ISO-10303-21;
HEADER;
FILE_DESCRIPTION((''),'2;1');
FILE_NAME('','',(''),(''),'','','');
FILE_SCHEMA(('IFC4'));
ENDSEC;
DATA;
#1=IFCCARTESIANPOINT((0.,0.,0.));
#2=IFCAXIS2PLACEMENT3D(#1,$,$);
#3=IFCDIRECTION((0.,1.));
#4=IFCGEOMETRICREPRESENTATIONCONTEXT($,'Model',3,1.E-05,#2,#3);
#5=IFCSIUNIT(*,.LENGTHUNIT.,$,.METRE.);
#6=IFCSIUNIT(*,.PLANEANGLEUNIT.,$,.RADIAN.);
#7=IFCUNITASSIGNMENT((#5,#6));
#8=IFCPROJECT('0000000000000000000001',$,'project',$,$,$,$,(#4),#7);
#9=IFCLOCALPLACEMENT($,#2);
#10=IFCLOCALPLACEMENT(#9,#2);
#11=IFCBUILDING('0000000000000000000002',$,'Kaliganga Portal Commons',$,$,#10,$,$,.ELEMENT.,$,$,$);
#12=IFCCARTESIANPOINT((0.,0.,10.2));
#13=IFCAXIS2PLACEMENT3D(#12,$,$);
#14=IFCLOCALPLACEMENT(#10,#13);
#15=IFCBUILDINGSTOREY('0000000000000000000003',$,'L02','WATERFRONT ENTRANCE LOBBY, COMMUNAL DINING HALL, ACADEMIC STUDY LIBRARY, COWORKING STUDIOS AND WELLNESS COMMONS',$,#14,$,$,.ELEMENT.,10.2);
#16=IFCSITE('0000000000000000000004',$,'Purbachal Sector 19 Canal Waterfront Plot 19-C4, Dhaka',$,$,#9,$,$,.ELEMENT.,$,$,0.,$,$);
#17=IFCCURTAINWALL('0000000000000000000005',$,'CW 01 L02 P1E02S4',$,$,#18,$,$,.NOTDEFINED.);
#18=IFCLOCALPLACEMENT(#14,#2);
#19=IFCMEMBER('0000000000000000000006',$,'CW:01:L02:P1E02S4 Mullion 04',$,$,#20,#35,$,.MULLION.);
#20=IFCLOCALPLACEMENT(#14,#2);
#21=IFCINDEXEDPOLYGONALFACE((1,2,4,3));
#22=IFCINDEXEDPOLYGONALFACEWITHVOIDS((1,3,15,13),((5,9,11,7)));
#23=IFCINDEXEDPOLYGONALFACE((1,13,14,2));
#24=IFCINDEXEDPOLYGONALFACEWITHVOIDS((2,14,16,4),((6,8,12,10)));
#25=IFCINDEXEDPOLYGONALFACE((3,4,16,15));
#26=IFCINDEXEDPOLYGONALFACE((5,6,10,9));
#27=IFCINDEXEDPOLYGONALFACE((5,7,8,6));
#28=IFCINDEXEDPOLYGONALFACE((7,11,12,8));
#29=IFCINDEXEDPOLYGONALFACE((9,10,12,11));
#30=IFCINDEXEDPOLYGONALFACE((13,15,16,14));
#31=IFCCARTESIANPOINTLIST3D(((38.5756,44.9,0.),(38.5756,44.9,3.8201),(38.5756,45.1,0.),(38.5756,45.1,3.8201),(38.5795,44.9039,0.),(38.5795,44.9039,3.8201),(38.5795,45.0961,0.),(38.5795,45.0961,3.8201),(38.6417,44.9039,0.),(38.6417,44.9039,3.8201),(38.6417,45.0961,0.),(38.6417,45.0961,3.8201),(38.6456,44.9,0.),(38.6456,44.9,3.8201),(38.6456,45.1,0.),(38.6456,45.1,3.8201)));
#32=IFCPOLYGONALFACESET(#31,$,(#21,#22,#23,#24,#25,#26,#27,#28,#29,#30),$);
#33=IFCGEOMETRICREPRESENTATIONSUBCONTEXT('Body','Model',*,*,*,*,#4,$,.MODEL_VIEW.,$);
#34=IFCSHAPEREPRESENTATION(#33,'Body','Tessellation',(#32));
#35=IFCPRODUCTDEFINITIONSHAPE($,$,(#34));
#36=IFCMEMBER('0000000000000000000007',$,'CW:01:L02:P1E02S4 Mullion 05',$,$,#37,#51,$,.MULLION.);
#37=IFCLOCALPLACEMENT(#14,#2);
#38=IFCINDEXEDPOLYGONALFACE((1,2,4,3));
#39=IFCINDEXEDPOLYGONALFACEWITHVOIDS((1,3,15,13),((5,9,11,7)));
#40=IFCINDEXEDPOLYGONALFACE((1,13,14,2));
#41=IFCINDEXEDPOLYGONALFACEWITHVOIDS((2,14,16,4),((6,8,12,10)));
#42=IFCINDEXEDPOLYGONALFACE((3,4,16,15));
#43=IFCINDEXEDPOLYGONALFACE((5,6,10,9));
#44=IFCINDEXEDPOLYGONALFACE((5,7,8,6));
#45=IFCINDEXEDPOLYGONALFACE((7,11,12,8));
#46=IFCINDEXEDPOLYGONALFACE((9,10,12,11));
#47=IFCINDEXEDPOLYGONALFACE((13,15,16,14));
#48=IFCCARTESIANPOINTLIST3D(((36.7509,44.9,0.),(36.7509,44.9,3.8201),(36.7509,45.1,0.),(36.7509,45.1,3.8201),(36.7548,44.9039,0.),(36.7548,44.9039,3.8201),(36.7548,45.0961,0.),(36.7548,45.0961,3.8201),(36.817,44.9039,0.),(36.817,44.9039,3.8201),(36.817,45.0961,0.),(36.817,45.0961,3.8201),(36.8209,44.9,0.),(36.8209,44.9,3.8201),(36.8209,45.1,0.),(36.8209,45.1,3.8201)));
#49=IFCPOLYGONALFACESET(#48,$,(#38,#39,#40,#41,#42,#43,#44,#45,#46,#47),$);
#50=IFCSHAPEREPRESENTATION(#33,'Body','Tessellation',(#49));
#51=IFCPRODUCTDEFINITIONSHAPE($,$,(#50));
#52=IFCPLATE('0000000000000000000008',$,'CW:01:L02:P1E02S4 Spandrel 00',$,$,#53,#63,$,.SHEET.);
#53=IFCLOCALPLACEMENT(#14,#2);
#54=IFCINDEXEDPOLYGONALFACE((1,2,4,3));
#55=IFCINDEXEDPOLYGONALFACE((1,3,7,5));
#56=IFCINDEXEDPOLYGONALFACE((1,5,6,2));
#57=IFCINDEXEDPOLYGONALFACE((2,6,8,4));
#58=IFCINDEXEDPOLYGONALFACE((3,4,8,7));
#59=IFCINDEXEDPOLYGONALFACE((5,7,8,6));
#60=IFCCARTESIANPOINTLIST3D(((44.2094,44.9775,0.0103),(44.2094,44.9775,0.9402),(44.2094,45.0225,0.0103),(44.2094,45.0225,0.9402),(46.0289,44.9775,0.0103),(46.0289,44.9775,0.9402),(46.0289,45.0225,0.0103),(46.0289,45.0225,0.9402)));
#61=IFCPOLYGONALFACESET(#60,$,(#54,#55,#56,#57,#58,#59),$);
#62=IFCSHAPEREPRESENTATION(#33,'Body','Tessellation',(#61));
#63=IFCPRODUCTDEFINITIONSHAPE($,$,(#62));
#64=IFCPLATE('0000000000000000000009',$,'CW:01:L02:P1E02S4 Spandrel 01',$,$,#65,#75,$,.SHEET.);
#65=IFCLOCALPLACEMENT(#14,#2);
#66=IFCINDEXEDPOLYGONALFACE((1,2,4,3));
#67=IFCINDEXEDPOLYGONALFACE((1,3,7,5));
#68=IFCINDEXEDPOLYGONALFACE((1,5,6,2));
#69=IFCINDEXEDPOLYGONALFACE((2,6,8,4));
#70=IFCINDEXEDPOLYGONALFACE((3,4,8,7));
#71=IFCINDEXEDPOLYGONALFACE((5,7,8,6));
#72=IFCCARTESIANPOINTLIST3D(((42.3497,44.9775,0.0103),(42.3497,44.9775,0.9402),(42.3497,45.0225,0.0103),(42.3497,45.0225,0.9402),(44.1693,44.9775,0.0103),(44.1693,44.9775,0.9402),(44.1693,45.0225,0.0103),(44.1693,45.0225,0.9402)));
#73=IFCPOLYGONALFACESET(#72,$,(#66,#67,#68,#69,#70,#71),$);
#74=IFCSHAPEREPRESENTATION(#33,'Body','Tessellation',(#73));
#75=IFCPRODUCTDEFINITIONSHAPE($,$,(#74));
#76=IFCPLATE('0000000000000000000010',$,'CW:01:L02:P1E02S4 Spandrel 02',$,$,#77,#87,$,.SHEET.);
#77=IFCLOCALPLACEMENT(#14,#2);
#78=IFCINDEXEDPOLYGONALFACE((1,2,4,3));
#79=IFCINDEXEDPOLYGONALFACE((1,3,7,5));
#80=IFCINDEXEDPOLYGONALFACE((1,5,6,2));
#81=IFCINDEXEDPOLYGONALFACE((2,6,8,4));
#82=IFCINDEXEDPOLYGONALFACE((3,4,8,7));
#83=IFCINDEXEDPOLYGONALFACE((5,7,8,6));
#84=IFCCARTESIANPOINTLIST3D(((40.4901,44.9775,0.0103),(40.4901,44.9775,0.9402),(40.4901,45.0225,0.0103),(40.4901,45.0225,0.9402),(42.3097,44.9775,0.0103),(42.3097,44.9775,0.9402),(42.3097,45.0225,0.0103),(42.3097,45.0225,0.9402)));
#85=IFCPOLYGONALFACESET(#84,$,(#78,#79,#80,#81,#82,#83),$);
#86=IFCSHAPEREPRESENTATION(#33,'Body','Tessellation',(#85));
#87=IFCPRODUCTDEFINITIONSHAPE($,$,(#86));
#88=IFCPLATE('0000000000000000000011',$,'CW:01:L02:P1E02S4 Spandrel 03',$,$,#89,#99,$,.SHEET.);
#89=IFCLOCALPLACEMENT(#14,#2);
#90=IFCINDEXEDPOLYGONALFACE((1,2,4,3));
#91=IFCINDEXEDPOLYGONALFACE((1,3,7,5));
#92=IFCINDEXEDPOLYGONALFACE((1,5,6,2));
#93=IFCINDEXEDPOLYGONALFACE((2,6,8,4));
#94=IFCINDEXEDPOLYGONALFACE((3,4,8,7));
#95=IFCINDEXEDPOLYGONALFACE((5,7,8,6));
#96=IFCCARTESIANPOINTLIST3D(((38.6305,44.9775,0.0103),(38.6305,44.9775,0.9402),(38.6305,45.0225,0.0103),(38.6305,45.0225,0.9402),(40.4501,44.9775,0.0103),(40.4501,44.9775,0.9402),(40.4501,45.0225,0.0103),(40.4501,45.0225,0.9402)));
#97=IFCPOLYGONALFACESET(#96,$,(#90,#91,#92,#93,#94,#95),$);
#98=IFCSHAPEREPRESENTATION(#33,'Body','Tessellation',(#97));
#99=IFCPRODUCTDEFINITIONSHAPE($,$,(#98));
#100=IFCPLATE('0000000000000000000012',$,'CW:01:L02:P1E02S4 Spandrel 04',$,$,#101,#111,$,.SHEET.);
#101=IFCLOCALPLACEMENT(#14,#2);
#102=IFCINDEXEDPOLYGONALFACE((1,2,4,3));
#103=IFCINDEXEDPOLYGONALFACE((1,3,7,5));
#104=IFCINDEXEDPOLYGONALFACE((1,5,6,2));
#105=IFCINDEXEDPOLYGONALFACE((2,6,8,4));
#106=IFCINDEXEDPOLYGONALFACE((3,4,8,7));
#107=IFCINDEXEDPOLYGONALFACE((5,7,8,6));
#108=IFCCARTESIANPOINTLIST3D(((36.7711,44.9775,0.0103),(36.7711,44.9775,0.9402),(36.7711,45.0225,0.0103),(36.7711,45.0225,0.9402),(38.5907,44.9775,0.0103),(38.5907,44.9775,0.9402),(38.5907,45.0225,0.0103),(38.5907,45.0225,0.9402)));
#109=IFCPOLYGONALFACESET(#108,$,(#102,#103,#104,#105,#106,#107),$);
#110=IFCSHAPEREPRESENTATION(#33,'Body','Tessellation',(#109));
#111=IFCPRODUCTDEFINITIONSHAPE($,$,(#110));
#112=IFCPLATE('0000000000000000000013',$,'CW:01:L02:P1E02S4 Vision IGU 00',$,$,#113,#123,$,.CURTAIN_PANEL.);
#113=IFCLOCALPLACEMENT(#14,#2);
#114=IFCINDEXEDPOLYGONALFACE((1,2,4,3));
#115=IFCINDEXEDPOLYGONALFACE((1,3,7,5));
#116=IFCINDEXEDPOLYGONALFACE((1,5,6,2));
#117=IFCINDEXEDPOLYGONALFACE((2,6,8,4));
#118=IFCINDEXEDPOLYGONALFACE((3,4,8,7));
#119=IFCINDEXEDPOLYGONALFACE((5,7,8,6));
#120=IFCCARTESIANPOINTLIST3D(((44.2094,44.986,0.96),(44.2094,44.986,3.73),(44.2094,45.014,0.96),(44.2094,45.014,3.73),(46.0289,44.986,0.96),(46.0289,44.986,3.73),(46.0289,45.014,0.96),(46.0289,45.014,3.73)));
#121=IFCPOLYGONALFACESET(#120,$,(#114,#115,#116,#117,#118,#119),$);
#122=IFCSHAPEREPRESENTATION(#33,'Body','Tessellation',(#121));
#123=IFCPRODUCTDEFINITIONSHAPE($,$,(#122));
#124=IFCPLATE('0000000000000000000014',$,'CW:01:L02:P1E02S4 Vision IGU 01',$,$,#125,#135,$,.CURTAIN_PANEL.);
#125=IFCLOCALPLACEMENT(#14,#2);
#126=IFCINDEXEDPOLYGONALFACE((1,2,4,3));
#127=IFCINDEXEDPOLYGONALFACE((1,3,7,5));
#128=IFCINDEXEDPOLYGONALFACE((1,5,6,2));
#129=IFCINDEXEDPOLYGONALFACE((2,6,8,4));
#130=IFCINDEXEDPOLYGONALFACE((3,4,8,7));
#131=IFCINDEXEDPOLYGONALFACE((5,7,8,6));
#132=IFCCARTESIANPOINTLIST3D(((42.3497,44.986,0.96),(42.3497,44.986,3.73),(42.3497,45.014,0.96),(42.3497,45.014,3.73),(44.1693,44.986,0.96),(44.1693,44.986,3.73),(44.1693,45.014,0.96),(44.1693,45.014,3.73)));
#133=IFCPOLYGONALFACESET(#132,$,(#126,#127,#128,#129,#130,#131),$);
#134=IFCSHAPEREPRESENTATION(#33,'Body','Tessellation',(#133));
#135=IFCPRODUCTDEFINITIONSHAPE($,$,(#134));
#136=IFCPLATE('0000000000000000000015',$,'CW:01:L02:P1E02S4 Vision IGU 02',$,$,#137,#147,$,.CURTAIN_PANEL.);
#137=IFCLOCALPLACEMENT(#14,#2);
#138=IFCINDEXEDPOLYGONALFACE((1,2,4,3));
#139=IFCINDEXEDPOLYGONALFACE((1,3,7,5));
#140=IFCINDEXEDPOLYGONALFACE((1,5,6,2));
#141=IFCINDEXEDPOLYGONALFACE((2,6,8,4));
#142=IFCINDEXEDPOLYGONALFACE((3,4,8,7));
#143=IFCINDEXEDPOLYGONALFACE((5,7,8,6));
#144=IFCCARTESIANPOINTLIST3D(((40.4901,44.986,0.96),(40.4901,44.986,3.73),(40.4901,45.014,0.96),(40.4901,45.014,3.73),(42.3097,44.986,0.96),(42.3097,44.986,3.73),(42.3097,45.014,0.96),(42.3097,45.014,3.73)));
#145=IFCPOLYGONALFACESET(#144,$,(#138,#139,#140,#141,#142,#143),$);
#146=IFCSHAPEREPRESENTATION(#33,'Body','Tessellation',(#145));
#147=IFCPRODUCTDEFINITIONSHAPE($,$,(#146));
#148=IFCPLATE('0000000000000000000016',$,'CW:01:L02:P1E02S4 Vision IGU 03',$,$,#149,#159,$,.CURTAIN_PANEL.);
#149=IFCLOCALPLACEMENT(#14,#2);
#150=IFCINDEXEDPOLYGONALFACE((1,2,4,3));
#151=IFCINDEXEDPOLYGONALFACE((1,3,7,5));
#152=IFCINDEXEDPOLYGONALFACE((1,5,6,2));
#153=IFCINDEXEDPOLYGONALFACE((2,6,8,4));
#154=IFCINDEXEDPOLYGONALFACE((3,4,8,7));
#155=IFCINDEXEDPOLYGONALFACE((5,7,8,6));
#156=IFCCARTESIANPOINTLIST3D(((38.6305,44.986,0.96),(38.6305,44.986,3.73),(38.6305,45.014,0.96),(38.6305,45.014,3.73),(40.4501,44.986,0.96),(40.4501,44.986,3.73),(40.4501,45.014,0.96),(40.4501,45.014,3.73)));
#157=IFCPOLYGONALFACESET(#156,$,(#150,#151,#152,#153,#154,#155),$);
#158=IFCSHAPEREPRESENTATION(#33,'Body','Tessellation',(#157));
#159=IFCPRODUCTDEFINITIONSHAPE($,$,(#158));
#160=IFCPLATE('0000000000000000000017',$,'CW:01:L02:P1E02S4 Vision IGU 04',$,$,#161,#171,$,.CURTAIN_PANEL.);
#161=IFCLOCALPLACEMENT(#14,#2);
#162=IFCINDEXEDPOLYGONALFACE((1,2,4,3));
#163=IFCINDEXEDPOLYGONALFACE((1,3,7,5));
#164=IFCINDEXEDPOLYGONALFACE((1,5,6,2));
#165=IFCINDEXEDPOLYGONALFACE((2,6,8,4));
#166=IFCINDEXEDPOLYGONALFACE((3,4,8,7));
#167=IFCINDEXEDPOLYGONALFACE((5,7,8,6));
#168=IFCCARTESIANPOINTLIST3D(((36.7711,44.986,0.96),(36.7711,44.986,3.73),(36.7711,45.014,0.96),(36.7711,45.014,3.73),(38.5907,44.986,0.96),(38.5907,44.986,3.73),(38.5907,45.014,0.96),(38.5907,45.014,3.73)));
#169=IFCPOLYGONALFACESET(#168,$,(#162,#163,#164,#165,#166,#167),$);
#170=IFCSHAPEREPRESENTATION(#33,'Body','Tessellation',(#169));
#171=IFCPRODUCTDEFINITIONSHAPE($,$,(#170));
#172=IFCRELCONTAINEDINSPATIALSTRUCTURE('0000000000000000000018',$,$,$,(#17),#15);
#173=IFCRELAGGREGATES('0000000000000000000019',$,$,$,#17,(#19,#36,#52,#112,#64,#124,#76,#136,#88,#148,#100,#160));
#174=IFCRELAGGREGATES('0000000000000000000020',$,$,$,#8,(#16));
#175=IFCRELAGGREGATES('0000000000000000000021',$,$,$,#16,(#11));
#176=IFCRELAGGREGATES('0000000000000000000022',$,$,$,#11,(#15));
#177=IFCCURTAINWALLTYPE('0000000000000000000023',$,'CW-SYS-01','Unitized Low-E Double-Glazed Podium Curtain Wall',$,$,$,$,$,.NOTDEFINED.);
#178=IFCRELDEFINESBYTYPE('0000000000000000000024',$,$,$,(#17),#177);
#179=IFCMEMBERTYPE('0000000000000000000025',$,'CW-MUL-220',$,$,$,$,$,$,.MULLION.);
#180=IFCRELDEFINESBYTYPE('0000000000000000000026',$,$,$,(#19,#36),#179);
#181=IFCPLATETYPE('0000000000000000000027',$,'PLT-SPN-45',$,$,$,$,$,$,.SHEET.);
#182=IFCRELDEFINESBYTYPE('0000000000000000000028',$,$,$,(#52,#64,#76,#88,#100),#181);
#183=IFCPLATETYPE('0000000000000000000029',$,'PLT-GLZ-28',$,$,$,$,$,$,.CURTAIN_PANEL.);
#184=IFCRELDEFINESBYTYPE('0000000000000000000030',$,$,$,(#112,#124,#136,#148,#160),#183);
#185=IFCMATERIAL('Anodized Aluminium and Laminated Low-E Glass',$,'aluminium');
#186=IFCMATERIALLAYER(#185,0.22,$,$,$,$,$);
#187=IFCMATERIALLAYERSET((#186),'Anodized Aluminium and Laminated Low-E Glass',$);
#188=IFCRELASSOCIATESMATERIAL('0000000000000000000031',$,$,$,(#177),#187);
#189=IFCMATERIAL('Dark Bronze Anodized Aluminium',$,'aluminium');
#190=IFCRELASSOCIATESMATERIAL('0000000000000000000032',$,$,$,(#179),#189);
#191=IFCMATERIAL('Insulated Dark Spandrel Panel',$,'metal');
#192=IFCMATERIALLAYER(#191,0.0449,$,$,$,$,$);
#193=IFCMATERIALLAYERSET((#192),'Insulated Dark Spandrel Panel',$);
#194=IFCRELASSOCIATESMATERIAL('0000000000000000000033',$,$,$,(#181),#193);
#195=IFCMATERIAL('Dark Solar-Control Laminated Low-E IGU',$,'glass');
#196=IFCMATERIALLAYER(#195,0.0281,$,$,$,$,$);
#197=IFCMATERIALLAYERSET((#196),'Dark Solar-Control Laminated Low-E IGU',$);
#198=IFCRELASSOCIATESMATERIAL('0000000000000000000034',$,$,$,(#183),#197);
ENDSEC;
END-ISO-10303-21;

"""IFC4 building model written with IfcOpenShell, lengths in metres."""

from ifc_helpers import new_model, si_unit, direction, frame, origin, origin_2d, place, context, subcontext, project, spatial, rectangle, hollow_rectangle, extrude, source, transform, mapped, material, layer, layer_set, material_profile, profile_set, type_object, element, aggregate, save


model = new_model("IFC4")

# Units and contexts
model_context = context("Model", 3, precision=1e-05, world=origin(), true_north=direction((0.0, 1.0)))
body_context = subcontext(model_context, "Body", "Model", "MODEL_VIEW")
ifc_project = project(units=[si_unit("LENGTHUNIT", "METRE"), si_unit("PLANEANGLEUNIT", "RADIAN")], contexts=[model_context])

# Site, building, storey
site_placement = place(None, origin())
site = spatial("IfcSite", under=ifc_project, at=site_placement, Name="Purbachal Sector 19 Canal Waterfront Plot 19-C4, Dhaka", CompositionType="ELEMENT", RefElevation=0.0)
building_placement = place(site_placement, origin())
building = spatial("IfcBuilding", under=site, at=building_placement, Name="Kaliganga Portal Commons", CompositionType="ELEMENT")
storey_placement = place(building_placement, frame((0.0, 0.0, 10.2)))
storey = spatial("IfcBuildingStorey", under=building, at=storey_placement, Name="L02", Description="WATERFRONT ENTRANCE LOBBY, COMMUNAL DINING HALL, ACADEMIC STUDY LIBRARY, COWORKING STUDIOS AND WELLNESS COMMONS", CompositionType="ELEMENT", Elevation=10.2)

# Curtain wall, members, plates
ifc_material_1 = material(Name="Anodized Aluminium and Laminated Low-E Glass", Category="aluminium")
ifc_layer_1 = layer(ifc_material_1, 0.22)
ifc_layer_set_1 = layer_set([ifc_layer_1], Name="Anodized Aluminium and Laminated Low-E Glass")
curtain_wall_type = type_object("IfcCurtainWallType", Name="CW-SYS-01", Description="Unitized Low-E Double-Glazed Podium Curtain Wall", PredefinedType="NOTDEFINED", material=ifc_layer_set_1)
curtain_wall_placement = place(storey_placement, origin())
curtain_wall = element("IfcCurtainWall", 1, at=curtain_wall_placement, inside=storey, type_object=curtain_wall_type, Name="CW 01 L02 P1E02S4", PredefinedType="NOTDEFINED")
ifc_material_2 = material(Name="Dark Bronze Anodized Aluminium", Category="aluminium")
ifc_material_profile_1 = material_profile(ifc_material_2, hollow_rectangle(XDim=0.0701, YDim=0.2, WallThickness=0.0039, at=origin_2d()), Name="ALU MULL 70x200x4")
ifc_profile_set_1 = profile_set([ifc_material_profile_1], Name="Dark Bronze Anodized Aluminium")
member_type_1 = type_object("IfcMemberType", Name="CW-MUL-220", PredefinedType="MULLION", material=ifc_profile_set_1)
shared_shape_1 = source(origin(), body_context, "Body", "SweptSolid", [
    extrude(hollow_rectangle(XDim=0.0701, YDim=0.2, WallThickness=0.0039, at=origin_2d()), origin(), (0.0, 0.0, 1.0), 3.8201),
])
member_1_placement = place(storey_placement, frame((38.6106, 45.0, 0.0), z_axis=(0.0, 0.0, 1.0), x_axis=(-1.0, 0.0, 0.0)))
member_1 = element("IfcMember", 2, at=member_1_placement, type_object=member_type_1, Name="CW:01:L02:P1E02S4 Mullion 04", PredefinedType="MULLION", context=body_context, shape_type="MappedRepresentation", body=[
    mapped(shared_shape_1, transform((0.0, 0.0, 0.0), x_axis=(1.0, 0.0, 0.0), y_axis=(0.0, 1.0, 0.0), z_axis=(0.0, 0.0, 1.0), scale=1.0)),
])
member_2_placement = place(storey_placement, frame((36.7859, 45.0, 0.0), z_axis=(0.0, 0.0, 1.0), x_axis=(-1.0, 0.0, 0.0)))
member_2 = element("IfcMember", 3, at=member_2_placement, type_object=member_type_1, Name="CW:01:L02:P1E02S4 Mullion 05", PredefinedType="MULLION", context=body_context, shape_type="MappedRepresentation", body=[
    mapped(shared_shape_1, transform((0.0, 0.0, 0.0), x_axis=(1.0, 0.0, 0.0), y_axis=(0.0, 1.0, 0.0), z_axis=(0.0, 0.0, 1.0), scale=1.0)),
])
ifc_material_3 = material(Name="Insulated Dark Spandrel Panel", Category="metal")
ifc_layer_2 = layer(ifc_material_3, 0.0449)
ifc_layer_set_2 = layer_set([ifc_layer_2], Name="Insulated Dark Spandrel Panel")
plate_type_1 = type_object("IfcPlateType", Name="PLT-SPN-45", PredefinedType="SHEET", material=ifc_layer_set_2)
shared_shape_2 = source(origin(), body_context, "Body", "SweptSolid", [
    extrude(rectangle(XDim=1.8196, YDim=0.0449, at=origin_2d()), origin(), (0.0, 0.0, 1.0), 0.9299),
])
plate_1_placement = place(storey_placement, frame((45.1191, 45.0, 0.0103), z_axis=(0.0, 0.0, 1.0), x_axis=(-1.0, 0.0, 0.0)))
plate_1 = element("IfcPlate", 4, at=plate_1_placement, type_object=plate_type_1, Name="CW:01:L02:P1E02S4 Spandrel 00", PredefinedType="SHEET", context=body_context, shape_type="MappedRepresentation", body=[
    mapped(shared_shape_2, transform((0.0, 0.0, 0.0), x_axis=(1.0, 0.0, 0.0), y_axis=(0.0, 1.0, 0.0), z_axis=(0.0, 0.0, 1.0), scale=1.0)),
])
plate_2_placement = place(storey_placement, frame((43.2595, 45.0, 0.0103), z_axis=(0.0, 0.0, 1.0), x_axis=(-1.0, 0.0, 0.0)))
plate_2 = element("IfcPlate", 5, at=plate_2_placement, type_object=plate_type_1, Name="CW:01:L02:P1E02S4 Spandrel 01", PredefinedType="SHEET", context=body_context, shape_type="MappedRepresentation", body=[
    mapped(shared_shape_2, transform((0.0, 0.0, 0.0), x_axis=(1.0, 0.0, 0.0), y_axis=(0.0, 1.0, 0.0), z_axis=(0.0, 0.0, 1.0), scale=1.0)),
])
plate_3_placement = place(storey_placement, frame((41.3999, 45.0, 0.0103), z_axis=(0.0, 0.0, 1.0), x_axis=(-1.0, 0.0, 0.0)))
plate_3 = element("IfcPlate", 6, at=plate_3_placement, type_object=plate_type_1, Name="CW:01:L02:P1E02S4 Spandrel 02", PredefinedType="SHEET", context=body_context, shape_type="MappedRepresentation", body=[
    mapped(shared_shape_2, transform((0.0, 0.0, 0.0), x_axis=(1.0, 0.0, 0.0), y_axis=(0.0, 1.0, 0.0), z_axis=(0.0, 0.0, 1.0), scale=1.0)),
])
plate_4_placement = place(storey_placement, frame((39.5403, 45.0, 0.0103), z_axis=(0.0, 0.0, 1.0), x_axis=(-1.0, 0.0, 0.0)))
plate_4 = element("IfcPlate", 7, at=plate_4_placement, type_object=plate_type_1, Name="CW:01:L02:P1E02S4 Spandrel 03", PredefinedType="SHEET", context=body_context, shape_type="MappedRepresentation", body=[
    mapped(shared_shape_2, transform((0.0, 0.0, 0.0), x_axis=(1.0, 0.0, 0.0), y_axis=(0.0, 1.0, 0.0), z_axis=(0.0, 0.0, 1.0), scale=1.0)),
])
plate_5_placement = place(storey_placement, frame((37.6809, 45.0, 0.0103), z_axis=(0.0, 0.0, 1.0), x_axis=(-1.0, 0.0, 0.0)))
plate_5 = element("IfcPlate", 8, at=plate_5_placement, type_object=plate_type_1, Name="CW:01:L02:P1E02S4 Spandrel 04", PredefinedType="SHEET", context=body_context, shape_type="MappedRepresentation", body=[
    mapped(shared_shape_2, transform((0.0, 0.0, 0.0), x_axis=(1.0, 0.0, 0.0), y_axis=(0.0, 1.0, 0.0), z_axis=(0.0, 0.0, 1.0), scale=1.0)),
])
ifc_material_4 = material(Name="Dark Solar-Control Laminated Low-E IGU", Category="glass")
ifc_layer_3 = layer(ifc_material_4, 0.0281)
ifc_layer_set_3 = layer_set([ifc_layer_3], Name="Dark Solar-Control Laminated Low-E IGU")
plate_type_2 = type_object("IfcPlateType", Name="PLT-GLZ-28", PredefinedType="CURTAIN_PANEL", material=ifc_layer_set_3)
shared_shape_3 = source(origin(), body_context, "Body", "SweptSolid", [
    extrude(rectangle(XDim=1.8196, YDim=0.0281, at=origin_2d()), origin(), (0.0, 0.0, 1.0), 2.77),
])
plate_6_placement = place(storey_placement, frame((45.1191, 45.0, 0.96), z_axis=(0.0, 0.0, 1.0), x_axis=(-1.0, 0.0, 0.0)))
plate_6 = element("IfcPlate", 9, at=plate_6_placement, type_object=plate_type_2, Name="CW:01:L02:P1E02S4 Vision IGU 00", PredefinedType="CURTAIN_PANEL", context=body_context, shape_type="MappedRepresentation", body=[
    mapped(shared_shape_3, transform((0.0, 0.0, 0.0), x_axis=(1.0, 0.0, 0.0), y_axis=(0.0, 1.0, 0.0), z_axis=(0.0, 0.0, 1.0), scale=1.0)),
])
plate_7_placement = place(storey_placement, frame((43.2595, 45.0, 0.96), z_axis=(0.0, 0.0, 1.0), x_axis=(-1.0, 0.0, 0.0)))
plate_7 = element("IfcPlate", 10, at=plate_7_placement, type_object=plate_type_2, Name="CW:01:L02:P1E02S4 Vision IGU 01", PredefinedType="CURTAIN_PANEL", context=body_context, shape_type="MappedRepresentation", body=[
    mapped(shared_shape_3, transform((0.0, 0.0, 0.0), x_axis=(1.0, 0.0, 0.0), y_axis=(0.0, 1.0, 0.0), z_axis=(0.0, 0.0, 1.0), scale=1.0)),
])
plate_8_placement = place(storey_placement, frame((41.3999, 45.0, 0.96), z_axis=(0.0, 0.0, 1.0), x_axis=(-1.0, 0.0, 0.0)))
plate_8 = element("IfcPlate", 11, at=plate_8_placement, type_object=plate_type_2, Name="CW:01:L02:P1E02S4 Vision IGU 02", PredefinedType="CURTAIN_PANEL", context=body_context, shape_type="MappedRepresentation", body=[
    mapped(shared_shape_3, transform((0.0, 0.0, 0.0), x_axis=(1.0, 0.0, 0.0), y_axis=(0.0, 1.0, 0.0), z_axis=(0.0, 0.0, 1.0), scale=1.0)),
])
plate_9_placement = place(storey_placement, frame((39.5403, 45.0, 0.96), z_axis=(0.0, 0.0, 1.0), x_axis=(-1.0, 0.0, 0.0)))
plate_9 = element("IfcPlate", 12, at=plate_9_placement, type_object=plate_type_2, Name="CW:01:L02:P1E02S4 Vision IGU 03", PredefinedType="CURTAIN_PANEL", context=body_context, shape_type="MappedRepresentation", body=[
    mapped(shared_shape_3, transform((0.0, 0.0, 0.0), x_axis=(1.0, 0.0, 0.0), y_axis=(0.0, 1.0, 0.0), z_axis=(0.0, 0.0, 1.0), scale=1.0)),
])
plate_10_placement = place(storey_placement, frame((37.6809, 45.0, 0.96), z_axis=(0.0, 0.0, 1.0), x_axis=(-1.0, 0.0, 0.0)))
plate_10 = element("IfcPlate", 13, at=plate_10_placement, type_object=plate_type_2, Name="CW:01:L02:P1E02S4 Vision IGU 04", PredefinedType="CURTAIN_PANEL", context=body_context, shape_type="MappedRepresentation", body=[
    mapped(shared_shape_3, transform((0.0, 0.0, 0.0), x_axis=(1.0, 0.0, 0.0), y_axis=(0.0, 1.0, 0.0), z_axis=(0.0, 0.0, 1.0), scale=1.0)),
])
aggregate(curtain_wall, [member_1, member_2, plate_1, plate_6, plate_2, plate_7, plate_3, plate_8, plate_4, plate_9, plate_5, plate_10])

save(model, "model.ifc")
